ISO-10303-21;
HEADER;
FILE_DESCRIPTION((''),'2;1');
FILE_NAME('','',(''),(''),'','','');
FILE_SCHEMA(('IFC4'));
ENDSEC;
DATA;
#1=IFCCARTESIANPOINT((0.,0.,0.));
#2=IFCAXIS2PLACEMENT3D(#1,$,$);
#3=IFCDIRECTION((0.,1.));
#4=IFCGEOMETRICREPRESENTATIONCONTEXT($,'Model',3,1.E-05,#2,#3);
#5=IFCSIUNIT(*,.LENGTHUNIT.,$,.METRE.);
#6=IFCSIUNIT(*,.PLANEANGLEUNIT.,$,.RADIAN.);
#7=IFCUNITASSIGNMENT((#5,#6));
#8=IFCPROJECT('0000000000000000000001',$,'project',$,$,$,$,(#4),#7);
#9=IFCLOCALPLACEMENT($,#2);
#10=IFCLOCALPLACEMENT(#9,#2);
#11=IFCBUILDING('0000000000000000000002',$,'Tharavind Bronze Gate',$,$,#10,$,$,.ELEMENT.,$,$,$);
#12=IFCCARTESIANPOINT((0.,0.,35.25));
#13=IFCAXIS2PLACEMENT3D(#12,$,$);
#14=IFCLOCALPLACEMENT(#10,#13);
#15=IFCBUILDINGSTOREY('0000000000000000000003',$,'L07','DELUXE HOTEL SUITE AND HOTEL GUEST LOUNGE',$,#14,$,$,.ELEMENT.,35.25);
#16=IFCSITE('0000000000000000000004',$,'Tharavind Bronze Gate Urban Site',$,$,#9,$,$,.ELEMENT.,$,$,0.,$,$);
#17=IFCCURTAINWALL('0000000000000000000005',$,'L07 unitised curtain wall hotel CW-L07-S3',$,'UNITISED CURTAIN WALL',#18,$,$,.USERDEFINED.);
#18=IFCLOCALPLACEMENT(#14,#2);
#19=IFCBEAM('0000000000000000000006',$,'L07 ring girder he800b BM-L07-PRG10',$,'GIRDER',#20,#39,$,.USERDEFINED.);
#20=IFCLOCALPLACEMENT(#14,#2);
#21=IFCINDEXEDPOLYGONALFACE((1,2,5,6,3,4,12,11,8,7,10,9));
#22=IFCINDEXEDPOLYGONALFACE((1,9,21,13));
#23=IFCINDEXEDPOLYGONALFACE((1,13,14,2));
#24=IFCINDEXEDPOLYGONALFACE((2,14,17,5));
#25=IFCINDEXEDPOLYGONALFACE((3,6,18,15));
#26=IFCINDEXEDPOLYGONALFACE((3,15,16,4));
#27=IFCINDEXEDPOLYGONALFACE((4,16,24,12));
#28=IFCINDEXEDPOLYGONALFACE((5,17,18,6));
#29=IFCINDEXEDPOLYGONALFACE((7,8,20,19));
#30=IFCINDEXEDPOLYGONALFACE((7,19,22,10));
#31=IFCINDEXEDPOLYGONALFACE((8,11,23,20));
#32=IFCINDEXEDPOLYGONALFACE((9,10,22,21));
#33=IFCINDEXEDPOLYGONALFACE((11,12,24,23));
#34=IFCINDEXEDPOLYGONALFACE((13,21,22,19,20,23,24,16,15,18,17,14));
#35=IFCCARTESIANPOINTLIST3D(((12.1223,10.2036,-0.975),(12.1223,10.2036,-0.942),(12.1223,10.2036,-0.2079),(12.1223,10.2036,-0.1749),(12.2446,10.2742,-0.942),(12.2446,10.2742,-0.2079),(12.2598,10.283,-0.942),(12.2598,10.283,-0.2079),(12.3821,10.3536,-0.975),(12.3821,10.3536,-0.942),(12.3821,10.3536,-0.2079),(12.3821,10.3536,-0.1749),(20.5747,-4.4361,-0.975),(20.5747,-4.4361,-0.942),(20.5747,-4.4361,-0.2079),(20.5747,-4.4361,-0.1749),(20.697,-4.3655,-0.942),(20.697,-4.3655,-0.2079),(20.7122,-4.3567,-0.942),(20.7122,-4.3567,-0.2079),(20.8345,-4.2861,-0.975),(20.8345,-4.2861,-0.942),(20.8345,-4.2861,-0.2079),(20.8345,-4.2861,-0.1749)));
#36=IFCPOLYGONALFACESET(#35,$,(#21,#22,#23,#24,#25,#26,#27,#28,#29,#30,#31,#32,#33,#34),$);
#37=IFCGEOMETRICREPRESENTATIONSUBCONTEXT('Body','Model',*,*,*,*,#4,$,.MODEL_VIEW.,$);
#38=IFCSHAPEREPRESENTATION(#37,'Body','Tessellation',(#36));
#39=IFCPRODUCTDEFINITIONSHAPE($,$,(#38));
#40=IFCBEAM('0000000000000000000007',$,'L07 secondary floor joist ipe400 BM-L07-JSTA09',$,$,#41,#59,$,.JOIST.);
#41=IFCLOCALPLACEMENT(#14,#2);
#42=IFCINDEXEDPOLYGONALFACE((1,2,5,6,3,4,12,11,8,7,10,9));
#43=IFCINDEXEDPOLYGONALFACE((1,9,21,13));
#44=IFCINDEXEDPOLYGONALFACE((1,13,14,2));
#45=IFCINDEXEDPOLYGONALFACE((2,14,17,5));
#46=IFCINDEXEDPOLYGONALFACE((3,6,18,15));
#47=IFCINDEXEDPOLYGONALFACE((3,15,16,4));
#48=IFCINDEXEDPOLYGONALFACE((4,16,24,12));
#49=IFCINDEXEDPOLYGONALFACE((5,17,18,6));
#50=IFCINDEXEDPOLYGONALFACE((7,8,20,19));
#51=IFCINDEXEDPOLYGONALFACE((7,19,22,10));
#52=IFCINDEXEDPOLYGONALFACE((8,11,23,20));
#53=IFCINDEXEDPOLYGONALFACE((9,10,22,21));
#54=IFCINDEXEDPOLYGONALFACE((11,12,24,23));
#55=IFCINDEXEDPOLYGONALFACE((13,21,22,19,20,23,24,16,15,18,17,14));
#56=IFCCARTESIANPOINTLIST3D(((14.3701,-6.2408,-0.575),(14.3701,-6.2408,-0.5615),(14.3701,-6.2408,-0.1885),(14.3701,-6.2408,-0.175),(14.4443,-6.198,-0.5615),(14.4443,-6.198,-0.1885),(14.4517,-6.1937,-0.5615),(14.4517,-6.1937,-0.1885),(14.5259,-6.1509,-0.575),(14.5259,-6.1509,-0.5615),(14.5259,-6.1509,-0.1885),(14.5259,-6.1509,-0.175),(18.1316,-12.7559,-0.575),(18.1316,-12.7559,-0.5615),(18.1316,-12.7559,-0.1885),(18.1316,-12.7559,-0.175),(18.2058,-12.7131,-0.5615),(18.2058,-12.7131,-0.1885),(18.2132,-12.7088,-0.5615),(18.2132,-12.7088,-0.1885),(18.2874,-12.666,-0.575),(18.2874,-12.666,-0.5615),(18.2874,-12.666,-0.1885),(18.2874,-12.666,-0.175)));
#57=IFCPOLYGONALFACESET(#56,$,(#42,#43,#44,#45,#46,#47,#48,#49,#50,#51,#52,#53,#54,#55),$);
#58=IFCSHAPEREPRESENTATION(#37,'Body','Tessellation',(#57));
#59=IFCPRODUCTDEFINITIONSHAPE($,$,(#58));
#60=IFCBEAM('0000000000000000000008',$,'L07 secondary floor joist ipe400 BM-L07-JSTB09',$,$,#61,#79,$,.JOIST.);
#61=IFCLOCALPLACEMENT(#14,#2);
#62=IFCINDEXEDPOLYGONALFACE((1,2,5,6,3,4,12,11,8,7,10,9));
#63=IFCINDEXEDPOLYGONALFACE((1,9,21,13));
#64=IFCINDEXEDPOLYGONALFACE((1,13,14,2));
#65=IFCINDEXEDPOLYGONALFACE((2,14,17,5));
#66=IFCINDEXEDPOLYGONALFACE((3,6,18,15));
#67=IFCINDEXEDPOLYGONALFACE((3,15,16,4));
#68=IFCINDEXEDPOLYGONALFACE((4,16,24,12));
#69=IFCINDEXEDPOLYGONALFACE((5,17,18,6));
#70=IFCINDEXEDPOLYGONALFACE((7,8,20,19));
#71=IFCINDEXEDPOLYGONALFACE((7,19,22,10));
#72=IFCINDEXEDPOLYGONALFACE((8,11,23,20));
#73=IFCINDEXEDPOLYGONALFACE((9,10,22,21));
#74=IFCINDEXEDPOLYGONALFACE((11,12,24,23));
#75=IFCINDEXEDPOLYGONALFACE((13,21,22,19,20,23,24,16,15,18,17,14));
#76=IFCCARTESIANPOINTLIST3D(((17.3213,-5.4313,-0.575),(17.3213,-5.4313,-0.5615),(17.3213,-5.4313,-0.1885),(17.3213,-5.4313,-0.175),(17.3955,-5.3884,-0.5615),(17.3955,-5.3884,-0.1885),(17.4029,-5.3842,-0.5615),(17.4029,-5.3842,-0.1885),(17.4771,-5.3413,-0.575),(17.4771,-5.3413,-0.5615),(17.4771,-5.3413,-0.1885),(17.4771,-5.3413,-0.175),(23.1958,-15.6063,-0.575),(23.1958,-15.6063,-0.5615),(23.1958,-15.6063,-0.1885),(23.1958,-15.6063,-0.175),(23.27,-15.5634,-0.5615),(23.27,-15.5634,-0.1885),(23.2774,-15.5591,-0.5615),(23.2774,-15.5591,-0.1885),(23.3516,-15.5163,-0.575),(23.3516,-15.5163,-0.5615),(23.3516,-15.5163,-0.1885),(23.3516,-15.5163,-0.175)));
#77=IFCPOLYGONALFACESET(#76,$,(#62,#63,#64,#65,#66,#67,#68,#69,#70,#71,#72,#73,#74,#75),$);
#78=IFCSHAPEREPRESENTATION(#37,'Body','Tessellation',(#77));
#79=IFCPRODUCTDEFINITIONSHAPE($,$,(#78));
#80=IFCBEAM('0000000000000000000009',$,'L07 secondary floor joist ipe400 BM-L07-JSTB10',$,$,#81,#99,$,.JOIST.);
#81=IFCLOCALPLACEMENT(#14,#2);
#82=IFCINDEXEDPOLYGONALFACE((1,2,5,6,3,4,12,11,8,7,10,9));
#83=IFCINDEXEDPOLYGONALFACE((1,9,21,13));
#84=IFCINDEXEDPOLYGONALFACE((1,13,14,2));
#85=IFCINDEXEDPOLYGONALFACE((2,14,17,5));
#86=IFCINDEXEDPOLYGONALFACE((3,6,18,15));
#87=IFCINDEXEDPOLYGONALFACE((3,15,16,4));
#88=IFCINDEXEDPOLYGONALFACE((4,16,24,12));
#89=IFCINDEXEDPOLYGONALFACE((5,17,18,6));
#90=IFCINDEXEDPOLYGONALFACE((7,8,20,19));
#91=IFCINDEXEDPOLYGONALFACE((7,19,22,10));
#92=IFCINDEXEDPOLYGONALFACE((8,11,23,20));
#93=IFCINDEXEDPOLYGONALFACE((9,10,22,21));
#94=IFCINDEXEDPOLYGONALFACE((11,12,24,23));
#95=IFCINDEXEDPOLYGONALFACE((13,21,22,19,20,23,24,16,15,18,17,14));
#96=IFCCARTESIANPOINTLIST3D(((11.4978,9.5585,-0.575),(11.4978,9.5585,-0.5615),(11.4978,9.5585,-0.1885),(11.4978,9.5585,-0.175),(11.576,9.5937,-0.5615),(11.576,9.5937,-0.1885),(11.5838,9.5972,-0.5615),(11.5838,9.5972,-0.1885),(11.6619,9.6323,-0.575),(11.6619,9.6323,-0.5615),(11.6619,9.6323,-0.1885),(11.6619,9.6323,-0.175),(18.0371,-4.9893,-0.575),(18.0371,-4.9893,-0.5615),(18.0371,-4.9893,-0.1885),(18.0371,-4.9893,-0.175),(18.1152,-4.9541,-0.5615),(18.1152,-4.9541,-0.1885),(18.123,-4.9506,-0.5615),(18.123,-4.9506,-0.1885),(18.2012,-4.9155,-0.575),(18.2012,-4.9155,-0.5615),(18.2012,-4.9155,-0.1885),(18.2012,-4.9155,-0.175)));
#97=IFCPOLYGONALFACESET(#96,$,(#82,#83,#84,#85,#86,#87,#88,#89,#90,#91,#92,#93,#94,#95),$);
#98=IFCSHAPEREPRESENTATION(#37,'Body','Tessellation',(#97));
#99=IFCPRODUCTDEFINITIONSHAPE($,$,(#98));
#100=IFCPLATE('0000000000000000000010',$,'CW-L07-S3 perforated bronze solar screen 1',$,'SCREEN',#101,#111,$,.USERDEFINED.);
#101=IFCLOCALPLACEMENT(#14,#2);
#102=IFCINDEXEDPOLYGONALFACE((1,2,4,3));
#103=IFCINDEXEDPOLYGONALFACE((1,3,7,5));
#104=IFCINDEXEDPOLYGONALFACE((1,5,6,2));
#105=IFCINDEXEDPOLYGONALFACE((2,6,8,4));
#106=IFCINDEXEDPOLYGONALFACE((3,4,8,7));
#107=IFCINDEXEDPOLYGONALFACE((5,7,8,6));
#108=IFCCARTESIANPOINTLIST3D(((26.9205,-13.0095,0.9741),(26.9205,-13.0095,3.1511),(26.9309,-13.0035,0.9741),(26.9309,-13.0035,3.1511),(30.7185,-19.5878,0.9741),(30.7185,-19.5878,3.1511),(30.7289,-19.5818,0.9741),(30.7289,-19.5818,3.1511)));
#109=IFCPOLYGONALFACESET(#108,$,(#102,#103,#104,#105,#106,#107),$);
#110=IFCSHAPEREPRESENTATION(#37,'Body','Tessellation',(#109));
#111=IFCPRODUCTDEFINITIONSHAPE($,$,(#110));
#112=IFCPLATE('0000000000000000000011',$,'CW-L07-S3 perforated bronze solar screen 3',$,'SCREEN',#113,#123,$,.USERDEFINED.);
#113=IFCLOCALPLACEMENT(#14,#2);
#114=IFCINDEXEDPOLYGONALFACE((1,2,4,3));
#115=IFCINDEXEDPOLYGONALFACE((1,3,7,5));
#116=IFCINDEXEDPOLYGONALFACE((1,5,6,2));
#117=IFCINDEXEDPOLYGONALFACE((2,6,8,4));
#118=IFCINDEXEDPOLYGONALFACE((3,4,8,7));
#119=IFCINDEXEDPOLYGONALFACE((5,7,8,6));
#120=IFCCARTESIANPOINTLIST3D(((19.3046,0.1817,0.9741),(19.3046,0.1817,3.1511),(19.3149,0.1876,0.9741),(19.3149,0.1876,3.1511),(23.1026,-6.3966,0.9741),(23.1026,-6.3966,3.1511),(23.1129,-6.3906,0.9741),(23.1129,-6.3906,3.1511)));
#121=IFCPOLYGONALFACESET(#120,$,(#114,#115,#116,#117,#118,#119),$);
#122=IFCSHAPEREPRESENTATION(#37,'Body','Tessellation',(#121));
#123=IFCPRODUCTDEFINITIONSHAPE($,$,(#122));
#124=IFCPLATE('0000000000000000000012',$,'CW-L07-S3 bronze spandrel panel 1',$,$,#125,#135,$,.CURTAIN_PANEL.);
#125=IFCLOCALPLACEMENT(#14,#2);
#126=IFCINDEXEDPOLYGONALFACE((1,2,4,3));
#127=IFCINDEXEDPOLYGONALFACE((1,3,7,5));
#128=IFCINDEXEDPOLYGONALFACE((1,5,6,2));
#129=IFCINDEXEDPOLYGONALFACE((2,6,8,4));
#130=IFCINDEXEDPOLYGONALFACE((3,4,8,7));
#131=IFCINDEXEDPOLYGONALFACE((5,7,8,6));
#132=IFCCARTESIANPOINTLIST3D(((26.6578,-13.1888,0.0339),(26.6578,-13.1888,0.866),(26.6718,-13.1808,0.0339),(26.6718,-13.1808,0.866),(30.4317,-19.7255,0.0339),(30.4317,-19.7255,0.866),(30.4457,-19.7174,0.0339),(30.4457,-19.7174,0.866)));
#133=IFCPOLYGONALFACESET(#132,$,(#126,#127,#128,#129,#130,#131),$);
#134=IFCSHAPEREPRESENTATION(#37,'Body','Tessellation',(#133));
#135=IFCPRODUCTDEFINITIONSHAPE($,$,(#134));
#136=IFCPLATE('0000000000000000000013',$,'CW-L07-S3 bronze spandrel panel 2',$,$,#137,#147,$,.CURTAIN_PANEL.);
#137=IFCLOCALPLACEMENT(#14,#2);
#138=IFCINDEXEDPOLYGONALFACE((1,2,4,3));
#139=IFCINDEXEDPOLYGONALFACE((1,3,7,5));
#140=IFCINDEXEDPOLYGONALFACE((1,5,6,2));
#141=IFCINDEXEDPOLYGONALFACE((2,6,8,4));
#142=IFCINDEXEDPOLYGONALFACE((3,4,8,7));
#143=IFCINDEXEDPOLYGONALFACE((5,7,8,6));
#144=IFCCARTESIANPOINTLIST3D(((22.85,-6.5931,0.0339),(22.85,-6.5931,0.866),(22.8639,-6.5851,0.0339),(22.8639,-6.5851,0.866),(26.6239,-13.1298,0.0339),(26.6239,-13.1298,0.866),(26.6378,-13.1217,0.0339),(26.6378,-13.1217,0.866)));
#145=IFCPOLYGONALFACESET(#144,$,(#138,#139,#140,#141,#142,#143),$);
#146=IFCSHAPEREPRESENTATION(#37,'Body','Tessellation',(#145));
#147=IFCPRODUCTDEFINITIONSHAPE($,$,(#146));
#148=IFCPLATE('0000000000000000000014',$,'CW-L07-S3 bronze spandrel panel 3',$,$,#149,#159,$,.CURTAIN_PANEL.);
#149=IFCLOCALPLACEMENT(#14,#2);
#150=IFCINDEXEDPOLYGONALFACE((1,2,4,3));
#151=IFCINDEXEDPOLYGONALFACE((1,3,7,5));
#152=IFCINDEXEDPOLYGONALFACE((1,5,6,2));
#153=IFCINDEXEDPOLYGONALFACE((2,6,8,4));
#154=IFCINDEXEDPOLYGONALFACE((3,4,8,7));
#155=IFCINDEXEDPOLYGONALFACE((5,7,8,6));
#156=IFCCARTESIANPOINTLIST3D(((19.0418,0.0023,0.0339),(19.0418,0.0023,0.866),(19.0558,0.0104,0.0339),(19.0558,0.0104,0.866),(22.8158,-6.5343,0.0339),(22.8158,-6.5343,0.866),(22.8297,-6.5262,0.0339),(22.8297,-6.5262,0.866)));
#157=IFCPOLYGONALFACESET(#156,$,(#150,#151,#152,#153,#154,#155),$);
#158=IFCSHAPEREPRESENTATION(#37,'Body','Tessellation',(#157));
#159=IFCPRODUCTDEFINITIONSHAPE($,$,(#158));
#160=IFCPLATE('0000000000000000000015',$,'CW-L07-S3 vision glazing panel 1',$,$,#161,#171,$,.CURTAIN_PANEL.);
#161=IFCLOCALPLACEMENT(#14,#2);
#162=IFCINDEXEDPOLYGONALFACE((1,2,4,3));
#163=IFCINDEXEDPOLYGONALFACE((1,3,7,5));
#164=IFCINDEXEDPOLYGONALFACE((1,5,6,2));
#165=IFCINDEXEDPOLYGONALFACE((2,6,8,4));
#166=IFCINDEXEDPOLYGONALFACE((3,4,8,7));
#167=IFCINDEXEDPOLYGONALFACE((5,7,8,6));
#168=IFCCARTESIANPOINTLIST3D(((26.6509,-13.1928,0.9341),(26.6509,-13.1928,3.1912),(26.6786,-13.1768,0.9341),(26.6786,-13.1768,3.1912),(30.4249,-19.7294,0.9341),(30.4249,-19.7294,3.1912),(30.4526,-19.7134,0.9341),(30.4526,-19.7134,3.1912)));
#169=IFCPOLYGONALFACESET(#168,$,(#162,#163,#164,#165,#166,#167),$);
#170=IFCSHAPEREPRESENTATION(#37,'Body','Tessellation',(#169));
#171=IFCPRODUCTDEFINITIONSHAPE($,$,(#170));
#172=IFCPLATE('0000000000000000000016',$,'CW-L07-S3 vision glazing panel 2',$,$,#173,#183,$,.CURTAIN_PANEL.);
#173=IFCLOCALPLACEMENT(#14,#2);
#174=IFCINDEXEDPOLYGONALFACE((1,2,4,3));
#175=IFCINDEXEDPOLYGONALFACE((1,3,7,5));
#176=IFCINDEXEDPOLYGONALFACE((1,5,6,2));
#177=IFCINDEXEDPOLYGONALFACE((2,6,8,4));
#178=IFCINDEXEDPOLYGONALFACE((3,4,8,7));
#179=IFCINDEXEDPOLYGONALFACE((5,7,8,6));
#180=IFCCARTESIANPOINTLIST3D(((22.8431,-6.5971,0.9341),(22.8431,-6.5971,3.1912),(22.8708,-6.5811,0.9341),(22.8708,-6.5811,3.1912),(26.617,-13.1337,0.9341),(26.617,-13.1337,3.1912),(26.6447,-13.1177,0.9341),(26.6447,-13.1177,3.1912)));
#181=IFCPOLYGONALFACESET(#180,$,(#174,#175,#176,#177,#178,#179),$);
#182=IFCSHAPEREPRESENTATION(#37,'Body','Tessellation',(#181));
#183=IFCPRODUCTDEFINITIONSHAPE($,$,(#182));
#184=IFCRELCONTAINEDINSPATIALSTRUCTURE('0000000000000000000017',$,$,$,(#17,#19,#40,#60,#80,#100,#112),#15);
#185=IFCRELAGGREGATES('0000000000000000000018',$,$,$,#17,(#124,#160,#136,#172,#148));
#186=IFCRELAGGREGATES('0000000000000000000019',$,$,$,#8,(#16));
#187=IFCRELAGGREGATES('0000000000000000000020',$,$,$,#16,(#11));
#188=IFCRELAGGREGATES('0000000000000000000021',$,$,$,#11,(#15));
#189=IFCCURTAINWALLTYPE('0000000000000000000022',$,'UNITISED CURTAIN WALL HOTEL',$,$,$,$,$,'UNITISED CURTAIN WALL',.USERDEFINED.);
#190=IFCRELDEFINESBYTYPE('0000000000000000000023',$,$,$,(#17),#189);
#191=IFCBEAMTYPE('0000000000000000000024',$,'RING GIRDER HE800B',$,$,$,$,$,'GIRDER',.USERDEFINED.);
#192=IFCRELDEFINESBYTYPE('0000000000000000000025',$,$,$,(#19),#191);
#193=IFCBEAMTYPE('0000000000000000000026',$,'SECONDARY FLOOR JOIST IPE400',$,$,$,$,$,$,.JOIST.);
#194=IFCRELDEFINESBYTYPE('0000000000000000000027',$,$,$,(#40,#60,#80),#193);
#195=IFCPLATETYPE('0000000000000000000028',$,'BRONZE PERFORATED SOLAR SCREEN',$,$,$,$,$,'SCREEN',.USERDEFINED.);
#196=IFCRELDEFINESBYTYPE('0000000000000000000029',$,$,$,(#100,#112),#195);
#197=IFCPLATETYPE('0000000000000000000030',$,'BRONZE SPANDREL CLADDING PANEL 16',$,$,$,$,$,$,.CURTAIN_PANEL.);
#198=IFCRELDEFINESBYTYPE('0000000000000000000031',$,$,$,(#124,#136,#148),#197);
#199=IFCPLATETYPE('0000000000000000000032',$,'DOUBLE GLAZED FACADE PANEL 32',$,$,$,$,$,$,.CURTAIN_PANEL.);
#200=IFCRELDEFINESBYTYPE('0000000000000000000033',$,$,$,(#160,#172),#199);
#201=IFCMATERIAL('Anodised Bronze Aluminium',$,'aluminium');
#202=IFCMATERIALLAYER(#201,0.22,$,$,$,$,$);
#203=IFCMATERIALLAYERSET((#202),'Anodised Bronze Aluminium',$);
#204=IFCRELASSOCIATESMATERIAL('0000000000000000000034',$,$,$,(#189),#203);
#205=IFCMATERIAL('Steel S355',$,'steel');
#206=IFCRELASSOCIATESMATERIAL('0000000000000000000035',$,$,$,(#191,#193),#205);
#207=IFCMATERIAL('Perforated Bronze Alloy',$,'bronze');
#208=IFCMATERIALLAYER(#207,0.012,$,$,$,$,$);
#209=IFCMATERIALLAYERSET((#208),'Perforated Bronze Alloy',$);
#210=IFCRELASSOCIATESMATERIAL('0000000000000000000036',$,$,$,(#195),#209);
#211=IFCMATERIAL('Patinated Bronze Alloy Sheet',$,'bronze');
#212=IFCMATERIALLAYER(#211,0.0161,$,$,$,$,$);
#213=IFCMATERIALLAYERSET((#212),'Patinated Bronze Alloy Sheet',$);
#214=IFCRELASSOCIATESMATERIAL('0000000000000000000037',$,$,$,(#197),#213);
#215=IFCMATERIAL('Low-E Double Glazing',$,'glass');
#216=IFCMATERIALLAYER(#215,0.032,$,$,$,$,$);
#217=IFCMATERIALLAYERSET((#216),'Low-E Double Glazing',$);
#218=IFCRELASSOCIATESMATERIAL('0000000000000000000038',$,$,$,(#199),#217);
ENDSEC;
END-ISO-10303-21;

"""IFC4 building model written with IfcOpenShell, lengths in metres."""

from ifc_helpers import new_model, si_unit, direction, frame, origin, origin_2d, place, context, subcontext, project, spatial, rectangle, i_section, extrude, material, layer, layer_set, material_profile, profile_set, type_object, element, aggregate, save


model = new_model("IFC4")

# Units and contexts
model_context = context("Model", 3, precision=1e-05, world=origin(), true_north=direction((0.0, 1.0)))
body_context = subcontext(model_context, "Body", "Model", "MODEL_VIEW")
ifc_project = project(units=[si_unit("LENGTHUNIT", "METRE"), si_unit("PLANEANGLEUNIT", "RADIAN")], contexts=[model_context])

# Site, building, storey
site_placement = place(None, origin())
site = spatial("IfcSite", under=ifc_project, at=site_placement, Name="Tharavind Bronze Gate Urban Site", CompositionType="ELEMENT", RefElevation=0.0)
building_placement = place(site_placement, origin())
building = spatial("IfcBuilding", under=site, at=building_placement, Name="Tharavind Bronze Gate", CompositionType="ELEMENT")
storey_placement = place(building_placement, frame((0.0, 0.0, 35.25)))
storey = spatial("IfcBuildingStorey", under=building, at=storey_placement, Name="L07", Description="DELUXE HOTEL SUITE AND HOTEL GUEST LOUNGE", CompositionType="ELEMENT", Elevation=35.25)

# Curtain wall
ifc_material_1 = material(Name="Anodised Bronze Aluminium", Category="aluminium")
ifc_layer_1 = layer(ifc_material_1, 0.22)
ifc_layer_set_1 = layer_set([ifc_layer_1], Name="Anodised Bronze Aluminium")
curtain_wall_type = type_object("IfcCurtainWallType", Name="UNITISED CURTAIN WALL HOTEL", ElementType="UNITISED CURTAIN WALL", PredefinedType="USERDEFINED", material=ifc_layer_set_1)
curtain_wall_placement = place(storey_placement, origin())
curtain_wall = element("IfcCurtainWall", 1, at=curtain_wall_placement, inside=storey, type_object=curtain_wall_type, Name="L07 unitised curtain wall hotel CW-L07-S3", ObjectType="UNITISED CURTAIN WALL", PredefinedType="USERDEFINED")

# Beams
ifc_material_2 = material(Name="Steel S355", Category="steel")
ifc_material_profile_1 = material_profile(ifc_material_2, i_section(OverallWidth=0.3, OverallDepth=0.8, WebThickness=0.0176, FlangeThickness=0.033, at=origin_2d()), Name="HE800B")
ifc_profile_set_1 = profile_set([ifc_material_profile_1], Name="Steel S355")
beam_type_1 = type_object("IfcBeamType", Name="RING GIRDER HE800B", ElementType="GIRDER", PredefinedType="USERDEFINED", material=ifc_profile_set_1)
beam_1_placement = place(storey_placement, frame((20.7046, -4.3611, -0.575), z_axis=(-0.500008, 0.866021, 0.0), x_axis=(-0.866021, -0.500008, 0.0)))
element("IfcBeam", 2, at=beam_1_placement, inside=storey, type_object=beam_type_1, Name="L07 ring girder he800b BM-L07-PRG10", ObjectType="GIRDER", PredefinedType="USERDEFINED", context=body_context, shape_type="SweptSolid", body=[
    extrude(i_section(OverallWidth=0.3, OverallDepth=0.8, WebThickness=0.0176, FlangeThickness=0.033, at=origin_2d()), origin(), (0.0, 0.0, 1.0), 16.9045),
])
ifc_material_profile_2 = material_profile(ifc_material_2, i_section(OverallWidth=0.1799, OverallDepth=0.3999, WebThickness=0.0085, FlangeThickness=0.0134, at=origin_2d()), Name="IPE400")
ifc_profile_set_2 = profile_set([ifc_material_profile_2], Name="Steel S355")
beam_type_2 = type_object("IfcBeamType", Name="SECONDARY FLOOR JOIST IPE400", PredefinedType="JOIST", material=ifc_profile_set_2)
beam_2_placement = place(storey_placement, frame((18.2095, -12.7109, -0.375), z_axis=(-0.499996, 0.866028, 0.0), x_axis=(-0.866028, -0.499996, 0.0)))
element("IfcBeam", 3, at=beam_2_placement, inside=storey, type_object=beam_type_2, Name="L07 secondary floor joist ipe400 BM-L07-JSTA09", PredefinedType="JOIST", context=body_context, shape_type="SweptSolid", body=[
    extrude(i_section(OverallWidth=0.1799, OverallDepth=0.3999, WebThickness=0.0085, FlangeThickness=0.0134, at=origin_2d()), origin(), (0.0, 0.0, 1.0), 7.5229),
])
beam_3_placement = place(storey_placement, frame((23.2737, -15.5613, -0.375), z_axis=(-0.499996, 0.866027, 0.0), x_axis=(-0.866027, -0.499996, 0.0)))
element("IfcBeam", 4, at=beam_3_placement, inside=storey, type_object=beam_type_2, Name="L07 secondary floor joist ipe400 BM-L07-JSTB09", PredefinedType="JOIST", context=body_context, shape_type="SweptSolid", body=[
    extrude(i_section(OverallWidth=0.1799, OverallDepth=0.3999, WebThickness=0.0085, FlangeThickness=0.0134, at=origin_2d()), origin(), (0.0, 0.0, 1.0), 11.749),
])
beam_4_placement = place(storey_placement, frame((18.1191, -4.9524, -0.375), z_axis=(-0.409988, 0.912091, 0.0), x_axis=(-0.912091, -0.409988, 0.0)))
element("IfcBeam", 5, at=beam_4_placement, inside=storey, type_object=beam_type_2, Name="L07 secondary floor joist ipe400 BM-L07-JSTB10", PredefinedType="JOIST", context=body_context, shape_type="SweptSolid", body=[
    extrude(i_section(OverallWidth=0.1799, OverallDepth=0.3999, WebThickness=0.0085, FlangeThickness=0.0134, at=origin_2d()), origin(), (0.0, 0.0, 1.0), 15.95),
])

# Plates
ifc_material_3 = material(Name="Perforated Bronze Alloy", Category="bronze")
ifc_layer_2 = layer(ifc_material_3, 0.012)
ifc_layer_set_2 = layer_set([ifc_layer_2], Name="Perforated Bronze Alloy")
plate_type_1 = type_object("IfcPlateType", Name="BRONZE PERFORATED SOLAR SCREEN", ElementType="SCREEN", PredefinedType="USERDEFINED", material=ifc_layer_set_2)
for number, where, z_axis, x_axis, name in (
    (6, (28.8247, -16.2957, 0.9741), (0.0, 0.0, 1.0), (-0.500002, 0.866025, 0.0), "CW-L07-S3 perforated bronze solar screen 1"),
    (7, (21.2087, -3.1045, 0.9741), (0.0, 0.0, 1.0), (-0.500002, 0.866025, 0.0), "CW-L07-S3 perforated bronze solar screen 3"),
):
    element("IfcPlate", number, at=place(storey_placement, frame(where, z_axis=z_axis, x_axis=x_axis)), inside=storey, type_object=plate_type_1, Name=name, ObjectType="SCREEN", PredefinedType="USERDEFINED", context=body_context, shape_type="SweptSolid", body=[
        extrude(rectangle(XDim=7.5959, YDim=0.012, at=origin_2d()), origin(), (0.0, 0.0, 1.0), 2.177),
    ])

# Plates
ifc_material_4 = material(Name="Patinated Bronze Alloy Sheet", Category="bronze")
ifc_layer_3 = layer(ifc_material_4, 0.0161)
ifc_layer_set_3 = layer_set([ifc_layer_3], Name="Patinated Bronze Alloy Sheet")
plate_type_2 = type_object("IfcPlateType", Name="BRONZE SPANDREL CLADDING PANEL 16", PredefinedType="CURTAIN_PANEL", material=ifc_layer_set_3)
plate_1_placement = place(storey_placement, frame((28.5518, -16.4531, 0.0339), z_axis=(0.0, 0.0, 1.0), x_axis=(-0.500002, 0.866025, 0.0)))
plate_1 = element("IfcPlate", 8, at=plate_1_placement, type_object=plate_type_2, Name="CW-L07-S3 bronze spandrel panel 1", PredefinedType="CURTAIN_PANEL", context=body_context, shape_type="SweptSolid", body=[
    extrude(rectangle(XDim=7.5479, YDim=0.0161, at=origin_2d()), origin(), (0.0, 0.0, 1.0), 0.832),
])
plate_2_placement = place(storey_placement, frame((24.7439, -9.8574, 0.0339), z_axis=(0.0, 0.0, 1.0), x_axis=(-0.500002, 0.866025, 0.0)))
plate_2 = element("IfcPlate", 9, at=plate_2_placement, type_object=plate_type_2, Name="CW-L07-S3 bronze spandrel panel 2", PredefinedType="CURTAIN_PANEL", context=body_context, shape_type="SweptSolid", body=[
    extrude(rectangle(XDim=7.5479, YDim=0.0161, at=origin_2d()), origin(), (0.0, 0.0, 1.0), 0.832),
])
plate_3_placement = place(storey_placement, frame((20.9358, -3.262, 0.0339), z_axis=(0.0, 0.0, 1.0), x_axis=(-0.500002, 0.866025, 0.0)))
plate_3 = element("IfcPlate", 10, at=plate_3_placement, type_object=plate_type_2, Name="CW-L07-S3 bronze spandrel panel 3", PredefinedType="CURTAIN_PANEL", context=body_context, shape_type="SweptSolid", body=[
    extrude(rectangle(XDim=7.5479, YDim=0.0161, at=origin_2d()), origin(), (0.0, 0.0, 1.0), 0.832),
])
ifc_material_5 = material(Name="Low-E Double Glazing", Category="glass")
ifc_layer_4 = layer(ifc_material_5, 0.032)
ifc_layer_set_4 = layer_set([ifc_layer_4], Name="Low-E Double Glazing")
plate_type_3 = type_object("IfcPlateType", Name="DOUBLE GLAZED FACADE PANEL 32", PredefinedType="CURTAIN_PANEL", material=ifc_layer_set_4)
plate_4_placement = place(storey_placement, frame((28.5518, -16.4531, 0.9341), z_axis=(0.0, 0.0, 1.0), x_axis=(-0.500002, 0.866025, 0.0)))
plate_4 = element("IfcPlate", 11, at=plate_4_placement, type_object=plate_type_3, Name="CW-L07-S3 vision glazing panel 1", PredefinedType="CURTAIN_PANEL", context=body_context, shape_type="SweptSolid", body=[
    extrude(rectangle(XDim=7.5479, YDim=0.032, at=origin_2d()), origin(), (0.0, 0.0, 1.0), 2.2571),
])
plate_5_placement = place(storey_placement, frame((24.7439, -9.8574, 0.9341), z_axis=(0.0, 0.0, 1.0), x_axis=(-0.500002, 0.866025, 0.0)))
plate_5 = element("IfcPlate", 12, at=plate_5_placement, type_object=plate_type_3, Name="CW-L07-S3 vision glazing panel 2", PredefinedType="CURTAIN_PANEL", context=body_context, shape_type="SweptSolid", body=[
    extrude(rectangle(XDim=7.5479, YDim=0.032, at=origin_2d()), origin(), (0.0, 0.0, 1.0), 2.2571),
])
aggregate(curtain_wall, [plate_1, plate_4, plate_2, plate_5, plate_3])

save(model, "model.ifc")
